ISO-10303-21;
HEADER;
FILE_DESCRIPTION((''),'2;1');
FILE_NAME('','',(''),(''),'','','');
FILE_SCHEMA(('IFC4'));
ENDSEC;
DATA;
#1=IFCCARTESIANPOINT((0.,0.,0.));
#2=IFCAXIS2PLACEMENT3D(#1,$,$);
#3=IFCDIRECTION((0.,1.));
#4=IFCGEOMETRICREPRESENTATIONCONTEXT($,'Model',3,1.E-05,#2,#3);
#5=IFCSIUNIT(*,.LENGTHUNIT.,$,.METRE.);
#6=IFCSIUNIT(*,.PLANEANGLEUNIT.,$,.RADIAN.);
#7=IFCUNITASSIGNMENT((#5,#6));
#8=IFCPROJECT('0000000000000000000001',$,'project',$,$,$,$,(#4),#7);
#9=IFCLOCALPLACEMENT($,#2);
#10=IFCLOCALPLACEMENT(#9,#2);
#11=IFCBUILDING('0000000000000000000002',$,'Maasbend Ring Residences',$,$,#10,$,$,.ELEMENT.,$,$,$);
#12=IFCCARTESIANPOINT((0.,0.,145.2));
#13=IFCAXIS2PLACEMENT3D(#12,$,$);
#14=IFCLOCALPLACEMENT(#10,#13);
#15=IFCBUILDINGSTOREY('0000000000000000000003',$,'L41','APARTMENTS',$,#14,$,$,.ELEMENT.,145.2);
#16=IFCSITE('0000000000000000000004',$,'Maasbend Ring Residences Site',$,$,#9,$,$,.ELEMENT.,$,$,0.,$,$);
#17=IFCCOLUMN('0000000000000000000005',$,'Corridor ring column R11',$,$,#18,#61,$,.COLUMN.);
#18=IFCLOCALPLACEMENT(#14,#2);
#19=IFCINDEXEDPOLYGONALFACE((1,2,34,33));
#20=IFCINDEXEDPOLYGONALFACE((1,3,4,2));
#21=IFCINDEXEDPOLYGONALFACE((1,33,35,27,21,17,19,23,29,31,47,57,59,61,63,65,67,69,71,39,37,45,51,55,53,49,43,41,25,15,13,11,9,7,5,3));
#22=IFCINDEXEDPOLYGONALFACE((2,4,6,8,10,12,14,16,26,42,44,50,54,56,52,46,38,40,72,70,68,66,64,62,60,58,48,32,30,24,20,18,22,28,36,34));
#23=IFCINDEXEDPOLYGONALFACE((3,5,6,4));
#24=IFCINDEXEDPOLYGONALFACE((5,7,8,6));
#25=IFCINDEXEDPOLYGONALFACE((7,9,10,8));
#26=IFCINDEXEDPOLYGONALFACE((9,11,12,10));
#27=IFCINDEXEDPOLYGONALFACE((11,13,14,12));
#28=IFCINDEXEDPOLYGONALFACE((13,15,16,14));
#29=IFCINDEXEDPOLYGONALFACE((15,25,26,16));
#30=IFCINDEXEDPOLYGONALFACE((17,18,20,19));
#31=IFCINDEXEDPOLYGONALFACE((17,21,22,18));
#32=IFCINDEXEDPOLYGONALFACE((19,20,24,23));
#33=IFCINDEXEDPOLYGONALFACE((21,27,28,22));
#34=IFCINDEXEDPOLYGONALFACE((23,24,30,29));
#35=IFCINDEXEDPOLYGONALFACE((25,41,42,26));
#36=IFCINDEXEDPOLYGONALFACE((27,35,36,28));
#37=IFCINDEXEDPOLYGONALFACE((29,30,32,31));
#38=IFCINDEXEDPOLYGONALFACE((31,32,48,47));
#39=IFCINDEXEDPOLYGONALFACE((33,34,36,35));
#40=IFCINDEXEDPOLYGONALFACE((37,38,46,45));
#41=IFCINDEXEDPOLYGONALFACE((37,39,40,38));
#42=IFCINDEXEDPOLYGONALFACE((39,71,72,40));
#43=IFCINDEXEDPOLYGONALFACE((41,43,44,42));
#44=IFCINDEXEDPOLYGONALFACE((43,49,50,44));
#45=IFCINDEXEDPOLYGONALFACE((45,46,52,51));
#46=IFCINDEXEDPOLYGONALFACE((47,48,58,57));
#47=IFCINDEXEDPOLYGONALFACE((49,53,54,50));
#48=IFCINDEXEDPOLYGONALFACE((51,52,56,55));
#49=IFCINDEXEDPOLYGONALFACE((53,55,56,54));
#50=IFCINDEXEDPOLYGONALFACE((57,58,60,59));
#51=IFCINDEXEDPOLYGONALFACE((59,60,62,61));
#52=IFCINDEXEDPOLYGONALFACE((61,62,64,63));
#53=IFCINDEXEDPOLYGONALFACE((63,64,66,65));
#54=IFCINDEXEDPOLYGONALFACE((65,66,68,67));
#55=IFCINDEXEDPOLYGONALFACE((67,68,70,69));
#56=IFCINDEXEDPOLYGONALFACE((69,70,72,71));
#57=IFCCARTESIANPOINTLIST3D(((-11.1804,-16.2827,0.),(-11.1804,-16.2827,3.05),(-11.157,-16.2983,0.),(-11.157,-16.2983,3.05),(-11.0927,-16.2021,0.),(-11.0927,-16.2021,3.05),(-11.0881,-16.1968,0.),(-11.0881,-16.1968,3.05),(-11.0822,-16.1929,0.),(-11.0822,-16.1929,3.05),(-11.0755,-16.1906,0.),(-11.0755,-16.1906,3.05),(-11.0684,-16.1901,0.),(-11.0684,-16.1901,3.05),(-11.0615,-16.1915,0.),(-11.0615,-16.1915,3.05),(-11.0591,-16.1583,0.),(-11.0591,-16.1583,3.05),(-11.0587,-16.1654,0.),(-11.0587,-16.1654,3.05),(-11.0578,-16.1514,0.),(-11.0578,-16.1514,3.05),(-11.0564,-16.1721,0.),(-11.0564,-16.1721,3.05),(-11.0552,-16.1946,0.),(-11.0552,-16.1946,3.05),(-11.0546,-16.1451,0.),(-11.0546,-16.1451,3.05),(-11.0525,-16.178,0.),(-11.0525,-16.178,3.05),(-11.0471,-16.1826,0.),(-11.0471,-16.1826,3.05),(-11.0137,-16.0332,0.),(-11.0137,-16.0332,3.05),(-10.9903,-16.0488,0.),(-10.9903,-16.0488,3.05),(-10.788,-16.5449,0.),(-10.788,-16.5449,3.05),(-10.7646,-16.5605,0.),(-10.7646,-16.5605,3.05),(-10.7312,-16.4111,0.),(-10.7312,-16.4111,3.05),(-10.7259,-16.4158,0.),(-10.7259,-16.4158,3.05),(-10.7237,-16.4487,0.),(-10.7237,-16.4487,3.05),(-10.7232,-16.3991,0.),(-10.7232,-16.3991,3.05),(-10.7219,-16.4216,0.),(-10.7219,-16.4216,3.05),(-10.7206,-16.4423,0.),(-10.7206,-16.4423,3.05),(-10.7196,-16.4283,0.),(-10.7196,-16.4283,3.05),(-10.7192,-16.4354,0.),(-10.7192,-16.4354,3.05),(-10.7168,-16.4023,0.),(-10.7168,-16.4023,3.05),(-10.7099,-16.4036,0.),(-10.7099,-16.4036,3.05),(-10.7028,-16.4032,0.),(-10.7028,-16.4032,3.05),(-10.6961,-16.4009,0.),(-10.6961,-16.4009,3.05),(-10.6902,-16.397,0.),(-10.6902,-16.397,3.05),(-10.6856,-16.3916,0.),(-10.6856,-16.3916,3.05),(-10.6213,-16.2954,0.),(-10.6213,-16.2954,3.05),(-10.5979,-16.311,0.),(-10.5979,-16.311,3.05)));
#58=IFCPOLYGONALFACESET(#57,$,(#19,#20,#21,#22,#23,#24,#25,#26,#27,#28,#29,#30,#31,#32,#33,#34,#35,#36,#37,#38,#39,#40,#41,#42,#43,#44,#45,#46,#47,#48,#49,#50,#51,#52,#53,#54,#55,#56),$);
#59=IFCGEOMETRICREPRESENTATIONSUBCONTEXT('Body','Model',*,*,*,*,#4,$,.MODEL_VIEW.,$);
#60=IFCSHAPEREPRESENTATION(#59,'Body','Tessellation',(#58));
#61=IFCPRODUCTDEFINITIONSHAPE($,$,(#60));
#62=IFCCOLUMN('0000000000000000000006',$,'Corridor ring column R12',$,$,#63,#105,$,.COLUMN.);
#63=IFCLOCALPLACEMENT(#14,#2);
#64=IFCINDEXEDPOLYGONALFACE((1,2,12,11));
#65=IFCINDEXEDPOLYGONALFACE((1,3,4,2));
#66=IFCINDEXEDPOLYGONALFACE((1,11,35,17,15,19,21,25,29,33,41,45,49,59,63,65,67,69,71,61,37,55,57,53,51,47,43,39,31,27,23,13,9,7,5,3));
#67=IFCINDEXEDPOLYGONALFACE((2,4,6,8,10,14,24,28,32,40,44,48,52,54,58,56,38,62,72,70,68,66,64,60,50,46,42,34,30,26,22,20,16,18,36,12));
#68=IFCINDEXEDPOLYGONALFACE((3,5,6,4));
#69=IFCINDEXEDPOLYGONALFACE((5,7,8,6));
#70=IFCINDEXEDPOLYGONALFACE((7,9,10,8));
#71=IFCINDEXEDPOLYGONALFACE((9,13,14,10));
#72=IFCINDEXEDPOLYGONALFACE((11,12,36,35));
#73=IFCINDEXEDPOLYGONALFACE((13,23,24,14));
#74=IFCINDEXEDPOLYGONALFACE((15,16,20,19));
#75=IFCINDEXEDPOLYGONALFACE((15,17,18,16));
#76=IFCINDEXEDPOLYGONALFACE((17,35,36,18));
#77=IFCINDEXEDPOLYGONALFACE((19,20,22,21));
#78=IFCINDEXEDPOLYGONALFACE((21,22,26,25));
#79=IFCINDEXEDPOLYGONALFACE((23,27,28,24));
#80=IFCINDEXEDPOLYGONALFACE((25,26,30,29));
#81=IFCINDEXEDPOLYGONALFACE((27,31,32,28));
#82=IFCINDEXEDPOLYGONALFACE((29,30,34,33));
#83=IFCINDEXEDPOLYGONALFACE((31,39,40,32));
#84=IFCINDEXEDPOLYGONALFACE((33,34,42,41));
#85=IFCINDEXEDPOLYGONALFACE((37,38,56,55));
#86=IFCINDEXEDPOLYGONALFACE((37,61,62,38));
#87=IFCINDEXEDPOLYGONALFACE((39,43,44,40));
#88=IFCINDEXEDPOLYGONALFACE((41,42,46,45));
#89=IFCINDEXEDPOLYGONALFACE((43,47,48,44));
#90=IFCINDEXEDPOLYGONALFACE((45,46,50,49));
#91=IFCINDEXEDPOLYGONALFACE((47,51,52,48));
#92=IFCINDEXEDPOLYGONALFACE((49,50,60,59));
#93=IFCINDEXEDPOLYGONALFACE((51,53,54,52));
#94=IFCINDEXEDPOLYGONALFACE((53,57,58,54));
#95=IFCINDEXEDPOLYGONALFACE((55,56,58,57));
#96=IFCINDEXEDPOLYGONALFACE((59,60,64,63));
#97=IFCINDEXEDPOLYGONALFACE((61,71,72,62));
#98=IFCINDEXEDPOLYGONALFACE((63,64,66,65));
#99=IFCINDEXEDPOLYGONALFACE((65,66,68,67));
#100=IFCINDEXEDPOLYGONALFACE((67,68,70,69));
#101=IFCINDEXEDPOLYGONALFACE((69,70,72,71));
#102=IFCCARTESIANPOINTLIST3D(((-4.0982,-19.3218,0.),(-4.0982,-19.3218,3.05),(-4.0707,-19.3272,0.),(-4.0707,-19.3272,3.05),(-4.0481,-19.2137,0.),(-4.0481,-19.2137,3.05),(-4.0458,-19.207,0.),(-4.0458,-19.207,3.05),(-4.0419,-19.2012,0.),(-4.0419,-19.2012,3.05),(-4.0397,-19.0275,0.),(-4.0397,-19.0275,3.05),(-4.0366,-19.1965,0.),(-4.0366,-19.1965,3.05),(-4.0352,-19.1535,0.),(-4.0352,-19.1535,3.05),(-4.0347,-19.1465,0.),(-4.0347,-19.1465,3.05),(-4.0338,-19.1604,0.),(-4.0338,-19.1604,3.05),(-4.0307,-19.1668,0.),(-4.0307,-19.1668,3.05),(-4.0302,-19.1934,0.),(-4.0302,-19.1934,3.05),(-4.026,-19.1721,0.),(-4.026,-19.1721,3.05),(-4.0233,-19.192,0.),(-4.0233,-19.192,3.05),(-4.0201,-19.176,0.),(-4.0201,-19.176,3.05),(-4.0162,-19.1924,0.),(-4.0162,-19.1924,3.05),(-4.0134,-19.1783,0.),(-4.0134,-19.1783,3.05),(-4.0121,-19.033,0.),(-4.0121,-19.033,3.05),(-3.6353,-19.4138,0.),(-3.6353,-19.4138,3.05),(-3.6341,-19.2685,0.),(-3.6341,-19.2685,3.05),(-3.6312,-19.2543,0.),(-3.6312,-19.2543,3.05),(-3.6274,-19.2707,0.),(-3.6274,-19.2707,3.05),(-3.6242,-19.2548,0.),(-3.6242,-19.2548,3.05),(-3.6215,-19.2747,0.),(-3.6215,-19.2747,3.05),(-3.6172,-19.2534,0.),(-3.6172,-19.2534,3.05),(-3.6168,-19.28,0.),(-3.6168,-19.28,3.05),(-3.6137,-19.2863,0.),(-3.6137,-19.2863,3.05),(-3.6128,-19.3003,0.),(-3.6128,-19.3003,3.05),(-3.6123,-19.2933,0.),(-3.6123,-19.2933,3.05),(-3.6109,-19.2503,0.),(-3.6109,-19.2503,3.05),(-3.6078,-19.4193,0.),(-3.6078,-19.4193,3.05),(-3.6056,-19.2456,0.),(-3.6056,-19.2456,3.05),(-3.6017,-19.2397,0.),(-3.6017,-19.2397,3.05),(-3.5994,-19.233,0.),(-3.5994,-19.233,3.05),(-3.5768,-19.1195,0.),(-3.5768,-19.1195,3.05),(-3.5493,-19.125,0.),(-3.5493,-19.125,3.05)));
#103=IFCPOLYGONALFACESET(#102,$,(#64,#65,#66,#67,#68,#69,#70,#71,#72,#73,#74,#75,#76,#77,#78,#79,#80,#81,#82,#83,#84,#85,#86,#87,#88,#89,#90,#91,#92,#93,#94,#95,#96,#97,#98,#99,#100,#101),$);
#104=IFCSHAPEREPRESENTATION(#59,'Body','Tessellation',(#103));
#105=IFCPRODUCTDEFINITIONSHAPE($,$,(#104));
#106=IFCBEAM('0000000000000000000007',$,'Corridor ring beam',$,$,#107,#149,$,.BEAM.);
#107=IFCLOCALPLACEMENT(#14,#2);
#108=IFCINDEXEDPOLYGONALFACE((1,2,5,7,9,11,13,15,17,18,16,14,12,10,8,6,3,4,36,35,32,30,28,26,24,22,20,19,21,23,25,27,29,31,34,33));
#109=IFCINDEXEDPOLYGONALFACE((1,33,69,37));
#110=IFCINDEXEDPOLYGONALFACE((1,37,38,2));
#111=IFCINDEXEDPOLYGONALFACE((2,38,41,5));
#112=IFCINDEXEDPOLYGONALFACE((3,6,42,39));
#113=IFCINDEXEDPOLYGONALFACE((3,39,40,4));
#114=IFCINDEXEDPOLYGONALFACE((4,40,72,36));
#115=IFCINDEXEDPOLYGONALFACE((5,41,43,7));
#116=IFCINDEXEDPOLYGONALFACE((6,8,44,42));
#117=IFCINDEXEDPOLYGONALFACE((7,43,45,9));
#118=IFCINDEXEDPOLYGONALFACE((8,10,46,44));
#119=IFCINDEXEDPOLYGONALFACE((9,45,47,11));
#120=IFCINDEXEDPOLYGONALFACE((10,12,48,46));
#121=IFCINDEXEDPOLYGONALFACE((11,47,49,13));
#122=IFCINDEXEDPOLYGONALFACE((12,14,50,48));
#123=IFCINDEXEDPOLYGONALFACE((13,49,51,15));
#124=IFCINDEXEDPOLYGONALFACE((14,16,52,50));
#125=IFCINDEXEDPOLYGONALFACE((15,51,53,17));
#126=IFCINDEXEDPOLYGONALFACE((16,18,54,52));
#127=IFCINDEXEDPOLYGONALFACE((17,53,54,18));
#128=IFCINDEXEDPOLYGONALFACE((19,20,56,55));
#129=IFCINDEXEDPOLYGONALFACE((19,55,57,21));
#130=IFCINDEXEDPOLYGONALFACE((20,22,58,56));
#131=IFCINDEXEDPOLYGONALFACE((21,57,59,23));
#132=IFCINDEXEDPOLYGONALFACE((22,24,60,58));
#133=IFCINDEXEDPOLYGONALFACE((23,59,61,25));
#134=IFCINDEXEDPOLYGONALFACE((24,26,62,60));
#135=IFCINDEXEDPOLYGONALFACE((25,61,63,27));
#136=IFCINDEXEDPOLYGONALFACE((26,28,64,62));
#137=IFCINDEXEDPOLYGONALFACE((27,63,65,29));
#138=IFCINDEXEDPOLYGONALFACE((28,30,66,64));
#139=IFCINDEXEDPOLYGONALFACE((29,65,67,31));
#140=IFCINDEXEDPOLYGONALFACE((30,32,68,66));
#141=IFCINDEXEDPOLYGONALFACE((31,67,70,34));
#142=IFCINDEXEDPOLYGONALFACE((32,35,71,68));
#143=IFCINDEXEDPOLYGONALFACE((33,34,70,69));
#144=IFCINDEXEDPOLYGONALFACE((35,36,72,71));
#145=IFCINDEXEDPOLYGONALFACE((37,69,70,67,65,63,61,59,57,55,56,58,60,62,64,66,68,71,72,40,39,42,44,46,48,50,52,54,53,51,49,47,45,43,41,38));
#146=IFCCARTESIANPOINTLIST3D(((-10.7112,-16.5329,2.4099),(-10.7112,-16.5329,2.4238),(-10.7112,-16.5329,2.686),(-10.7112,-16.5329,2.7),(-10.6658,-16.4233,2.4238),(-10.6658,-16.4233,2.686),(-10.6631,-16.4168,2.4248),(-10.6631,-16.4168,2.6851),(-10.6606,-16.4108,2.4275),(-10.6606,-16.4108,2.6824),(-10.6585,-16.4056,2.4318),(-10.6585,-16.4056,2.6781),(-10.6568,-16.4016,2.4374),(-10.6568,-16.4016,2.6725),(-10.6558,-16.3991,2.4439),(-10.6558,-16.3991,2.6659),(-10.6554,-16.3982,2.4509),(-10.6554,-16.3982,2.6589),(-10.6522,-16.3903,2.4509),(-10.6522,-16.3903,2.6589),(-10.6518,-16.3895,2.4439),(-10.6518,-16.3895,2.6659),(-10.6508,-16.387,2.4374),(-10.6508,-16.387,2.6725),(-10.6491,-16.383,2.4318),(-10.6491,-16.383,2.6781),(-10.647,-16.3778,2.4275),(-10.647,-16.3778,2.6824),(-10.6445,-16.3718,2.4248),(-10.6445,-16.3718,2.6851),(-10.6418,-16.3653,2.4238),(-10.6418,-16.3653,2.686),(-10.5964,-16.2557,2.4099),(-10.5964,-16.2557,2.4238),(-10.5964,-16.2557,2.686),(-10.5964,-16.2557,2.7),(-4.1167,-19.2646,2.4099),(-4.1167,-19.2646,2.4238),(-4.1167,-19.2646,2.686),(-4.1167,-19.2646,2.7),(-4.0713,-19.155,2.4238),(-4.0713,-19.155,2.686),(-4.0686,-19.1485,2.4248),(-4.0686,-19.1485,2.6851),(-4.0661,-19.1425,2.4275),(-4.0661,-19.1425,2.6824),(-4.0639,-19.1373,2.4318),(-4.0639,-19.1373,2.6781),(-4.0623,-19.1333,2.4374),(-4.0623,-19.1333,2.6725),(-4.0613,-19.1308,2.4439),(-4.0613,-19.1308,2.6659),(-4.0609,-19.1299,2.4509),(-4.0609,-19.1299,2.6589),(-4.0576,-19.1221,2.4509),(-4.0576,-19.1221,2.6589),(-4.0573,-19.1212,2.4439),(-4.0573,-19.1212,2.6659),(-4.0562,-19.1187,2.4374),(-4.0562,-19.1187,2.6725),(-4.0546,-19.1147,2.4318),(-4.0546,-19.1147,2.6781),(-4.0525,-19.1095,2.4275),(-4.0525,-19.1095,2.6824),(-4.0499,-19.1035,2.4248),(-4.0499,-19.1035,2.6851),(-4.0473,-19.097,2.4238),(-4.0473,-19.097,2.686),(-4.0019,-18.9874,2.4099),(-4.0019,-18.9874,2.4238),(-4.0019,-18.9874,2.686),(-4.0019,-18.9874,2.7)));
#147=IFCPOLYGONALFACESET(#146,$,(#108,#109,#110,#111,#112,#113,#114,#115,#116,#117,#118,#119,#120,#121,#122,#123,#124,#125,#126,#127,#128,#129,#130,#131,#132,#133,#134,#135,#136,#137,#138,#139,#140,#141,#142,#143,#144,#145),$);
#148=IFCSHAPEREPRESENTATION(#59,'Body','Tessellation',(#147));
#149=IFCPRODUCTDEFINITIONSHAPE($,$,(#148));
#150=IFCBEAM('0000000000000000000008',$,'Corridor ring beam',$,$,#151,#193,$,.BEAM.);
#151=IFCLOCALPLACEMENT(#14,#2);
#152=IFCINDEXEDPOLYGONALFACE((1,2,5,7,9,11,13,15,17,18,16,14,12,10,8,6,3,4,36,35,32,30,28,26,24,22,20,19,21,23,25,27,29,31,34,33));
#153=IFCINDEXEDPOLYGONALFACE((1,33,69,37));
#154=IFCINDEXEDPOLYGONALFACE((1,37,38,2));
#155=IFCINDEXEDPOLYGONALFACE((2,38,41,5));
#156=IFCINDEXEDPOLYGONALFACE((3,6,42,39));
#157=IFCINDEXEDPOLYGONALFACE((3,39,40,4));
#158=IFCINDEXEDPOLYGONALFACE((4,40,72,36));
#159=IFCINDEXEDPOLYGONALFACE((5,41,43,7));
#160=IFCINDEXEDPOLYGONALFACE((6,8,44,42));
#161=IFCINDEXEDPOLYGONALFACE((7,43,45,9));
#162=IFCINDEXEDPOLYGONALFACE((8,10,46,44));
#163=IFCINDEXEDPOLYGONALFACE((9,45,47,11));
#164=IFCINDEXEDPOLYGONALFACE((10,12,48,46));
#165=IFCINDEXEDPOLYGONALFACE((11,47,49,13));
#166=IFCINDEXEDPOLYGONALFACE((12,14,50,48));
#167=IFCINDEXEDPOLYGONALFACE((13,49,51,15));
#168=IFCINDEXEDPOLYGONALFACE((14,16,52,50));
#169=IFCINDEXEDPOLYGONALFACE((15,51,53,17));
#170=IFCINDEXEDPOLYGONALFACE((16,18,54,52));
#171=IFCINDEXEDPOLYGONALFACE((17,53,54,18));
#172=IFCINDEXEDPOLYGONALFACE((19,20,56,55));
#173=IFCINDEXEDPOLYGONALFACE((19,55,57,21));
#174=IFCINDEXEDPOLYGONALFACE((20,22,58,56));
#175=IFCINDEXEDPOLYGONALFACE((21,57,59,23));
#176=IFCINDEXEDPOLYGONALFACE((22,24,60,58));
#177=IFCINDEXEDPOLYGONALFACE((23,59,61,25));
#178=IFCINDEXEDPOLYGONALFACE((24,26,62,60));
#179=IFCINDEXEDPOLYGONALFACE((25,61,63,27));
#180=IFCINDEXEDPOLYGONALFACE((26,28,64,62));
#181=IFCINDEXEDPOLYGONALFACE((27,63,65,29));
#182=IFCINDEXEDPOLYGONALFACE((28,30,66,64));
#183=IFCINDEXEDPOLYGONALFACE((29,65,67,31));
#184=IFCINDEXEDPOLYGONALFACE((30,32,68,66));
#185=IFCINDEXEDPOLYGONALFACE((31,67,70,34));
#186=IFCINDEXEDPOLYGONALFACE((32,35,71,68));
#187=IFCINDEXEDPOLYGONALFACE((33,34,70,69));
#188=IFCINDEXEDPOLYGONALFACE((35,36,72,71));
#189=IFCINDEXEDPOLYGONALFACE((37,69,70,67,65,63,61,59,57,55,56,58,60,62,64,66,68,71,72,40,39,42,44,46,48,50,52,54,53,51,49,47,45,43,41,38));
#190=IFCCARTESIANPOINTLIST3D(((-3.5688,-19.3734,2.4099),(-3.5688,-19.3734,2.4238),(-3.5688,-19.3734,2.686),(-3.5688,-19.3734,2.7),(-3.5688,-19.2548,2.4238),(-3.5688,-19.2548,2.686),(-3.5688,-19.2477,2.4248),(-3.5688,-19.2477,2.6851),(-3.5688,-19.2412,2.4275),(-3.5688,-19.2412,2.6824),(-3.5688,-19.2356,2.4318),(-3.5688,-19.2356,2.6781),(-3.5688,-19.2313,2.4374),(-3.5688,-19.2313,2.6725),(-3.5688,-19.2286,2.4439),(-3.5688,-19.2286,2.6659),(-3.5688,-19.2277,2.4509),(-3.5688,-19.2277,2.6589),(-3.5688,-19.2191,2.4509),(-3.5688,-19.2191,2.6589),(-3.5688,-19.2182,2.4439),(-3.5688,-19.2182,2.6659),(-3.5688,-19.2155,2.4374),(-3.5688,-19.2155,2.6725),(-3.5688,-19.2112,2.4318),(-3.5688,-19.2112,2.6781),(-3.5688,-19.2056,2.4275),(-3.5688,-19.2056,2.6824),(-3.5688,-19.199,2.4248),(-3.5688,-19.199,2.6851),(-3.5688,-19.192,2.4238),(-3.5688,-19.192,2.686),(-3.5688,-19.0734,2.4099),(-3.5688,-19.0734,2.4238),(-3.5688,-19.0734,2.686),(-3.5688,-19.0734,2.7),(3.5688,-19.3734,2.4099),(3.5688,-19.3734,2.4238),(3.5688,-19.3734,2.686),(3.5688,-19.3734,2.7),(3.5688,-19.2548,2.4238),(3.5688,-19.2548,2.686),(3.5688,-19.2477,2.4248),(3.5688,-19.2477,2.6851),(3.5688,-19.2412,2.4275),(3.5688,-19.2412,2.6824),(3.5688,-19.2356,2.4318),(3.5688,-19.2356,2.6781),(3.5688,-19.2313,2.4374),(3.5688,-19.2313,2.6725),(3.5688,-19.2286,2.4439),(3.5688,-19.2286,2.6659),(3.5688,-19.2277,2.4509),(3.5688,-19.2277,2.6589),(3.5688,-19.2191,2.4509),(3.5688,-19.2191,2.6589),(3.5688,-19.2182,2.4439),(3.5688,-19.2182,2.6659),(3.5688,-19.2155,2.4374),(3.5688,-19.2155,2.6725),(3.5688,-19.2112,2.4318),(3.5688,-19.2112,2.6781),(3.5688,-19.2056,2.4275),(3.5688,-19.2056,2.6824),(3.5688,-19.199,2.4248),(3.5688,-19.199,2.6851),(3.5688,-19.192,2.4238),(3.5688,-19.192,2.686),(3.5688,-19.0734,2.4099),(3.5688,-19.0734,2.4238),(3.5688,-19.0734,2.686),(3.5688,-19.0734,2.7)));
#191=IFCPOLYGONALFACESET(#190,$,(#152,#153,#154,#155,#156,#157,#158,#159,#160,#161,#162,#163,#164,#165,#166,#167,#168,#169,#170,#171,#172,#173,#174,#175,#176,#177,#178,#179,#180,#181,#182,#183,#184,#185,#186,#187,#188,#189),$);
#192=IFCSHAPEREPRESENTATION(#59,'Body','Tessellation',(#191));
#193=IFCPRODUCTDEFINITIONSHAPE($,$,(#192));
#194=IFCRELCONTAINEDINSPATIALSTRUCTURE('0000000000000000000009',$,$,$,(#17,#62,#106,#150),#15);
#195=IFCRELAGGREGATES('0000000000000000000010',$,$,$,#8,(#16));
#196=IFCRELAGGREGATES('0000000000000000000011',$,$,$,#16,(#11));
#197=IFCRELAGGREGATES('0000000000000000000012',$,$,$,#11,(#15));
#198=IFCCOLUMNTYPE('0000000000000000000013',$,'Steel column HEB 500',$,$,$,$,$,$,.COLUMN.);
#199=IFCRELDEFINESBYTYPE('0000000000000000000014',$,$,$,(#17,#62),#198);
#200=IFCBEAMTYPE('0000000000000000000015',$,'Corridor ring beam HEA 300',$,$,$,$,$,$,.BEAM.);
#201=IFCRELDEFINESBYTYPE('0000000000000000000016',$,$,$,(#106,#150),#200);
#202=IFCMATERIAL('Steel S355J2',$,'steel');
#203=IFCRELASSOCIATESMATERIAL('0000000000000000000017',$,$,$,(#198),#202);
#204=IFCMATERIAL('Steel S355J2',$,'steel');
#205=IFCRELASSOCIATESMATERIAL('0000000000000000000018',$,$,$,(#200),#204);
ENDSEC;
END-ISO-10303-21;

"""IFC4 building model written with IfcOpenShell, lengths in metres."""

from ifc_helpers import new_model, si_unit, direction, frame, origin, origin_2d, place, context, subcontext, project, spatial, i_section, extrude, material, material_profile, profile_set, type_object, element, save


model = new_model("IFC4")

# Units and contexts
model_context = context("Model", 3, precision=1e-05, world=origin(), true_north=direction((0.0, 1.0)))
body_context = subcontext(model_context, "Body", "Model", "MODEL_VIEW")
ifc_project = project(units=[si_unit("LENGTHUNIT", "METRE"), si_unit("PLANEANGLEUNIT", "RADIAN")], contexts=[model_context])

# Site, building, storey
site_placement = place(None, origin())
site = spatial("IfcSite", under=ifc_project, at=site_placement, Name="Maasbend Ring Residences Site", CompositionType="ELEMENT", RefElevation=0.0)
building_placement = place(site_placement, origin())
building = spatial("IfcBuilding", under=site, at=building_placement, Name="Maasbend Ring Residences", CompositionType="ELEMENT")
storey_placement = place(building_placement, frame((0.0, 0.0, 145.2)))
storey = spatial("IfcBuildingStorey", under=building, at=storey_placement, Name="L41", Description="APARTMENTS", CompositionType="ELEMENT", Elevation=145.2)

# Columns
ifc_material_1 = material(Name="Steel S355J2", Category="steel")
ifc_material_profile_1 = material_profile(ifc_material_1, i_section(OverallWidth=0.3, OverallDepth=0.5, WebThickness=0.0144, FlangeThickness=0.0281, FilletRadius=0.0271, at=origin_2d()), Name="HEB 500")
ifc_profile_set_1 = profile_set([ifc_material_profile_1], Name="Steel S355J2")
column_type = type_object("IfcColumnType", Name="Steel column HEB 500", PredefinedType="COLUMN", material=ifc_profile_set_1)
for number, where, z_axis, x_axis, name in (
    (1, (-10.8892, -16.2969, 0.0), (0.0, 0.0, 1.0), (-0.55557, -0.83147, 0.0), "Corridor ring column R11"),
    (2, (-3.8237, -19.2234, 0.0), (0.0, 0.0, 1.0), (-0.19509, -0.980785, 0.0), "Corridor ring column R12"),
):
    element("IfcColumn", number, at=place(storey_placement, frame(where, z_axis=z_axis, x_axis=x_axis)), inside=storey, type_object=column_type, Name=name, PredefinedType="COLUMN", context=body_context, shape_type="SweptSolid", body=[
        extrude(i_section(OverallWidth=0.3, OverallDepth=0.5, WebThickness=0.0144, FlangeThickness=0.0281, FilletRadius=0.0271, at=origin_2d()), origin(), (0.0, 0.0, 1.0), 3.05),
    ])

# Beams
ifc_material_2 = material(Name="Steel S355J2", Category="steel")
ifc_material_profile_2 = material_profile(ifc_material_2, i_section(OverallWidth=0.3, OverallDepth=0.29, WebThickness=0.0085, FlangeThickness=0.0139, FilletRadius=0.0271, at=origin_2d()), Name="HEA 300")
ifc_profile_set_2 = profile_set([ifc_material_profile_2], Name="Steel S355J2")
beam_type = type_object("IfcBeamType", Name="Corridor ring beam HEA 300", PredefinedType="BEAM", material=ifc_profile_set_2)
beam_1_placement = place(storey_placement, frame((-10.6538, -16.3943, 2.5549), z_axis=(0.923871, -0.382703, 0.0), x_axis=(0.382703, 0.923871, 0.0)))
element("IfcBeam", 3, at=beam_1_placement, inside=storey, type_object=beam_type, Name="Corridor ring beam", PredefinedType="BEAM", context=body_context, shape_type="SweptSolid", body=[
    extrude(i_section(OverallWidth=0.3, OverallDepth=0.29, WebThickness=0.0085, FlangeThickness=0.0139, FilletRadius=0.0271, at=origin_2d()), origin(), (0.0, 0.0, 1.0), 7.1379),
])
beam_2_placement = place(storey_placement, frame((-3.5688, -19.2234, 2.5549), z_axis=(1.0, 0.0, 0.0), x_axis=(0.0, 1.0, 0.0)))
element("IfcBeam", 4, at=beam_2_placement, inside=storey, type_object=beam_type, Name="Corridor ring beam", PredefinedType="BEAM", context=body_context, shape_type="SweptSolid", body=[
    extrude(i_section(OverallWidth=0.3, OverallDepth=0.29, WebThickness=0.0085, FlangeThickness=0.0139, FilletRadius=0.0271, at=origin_2d()), origin(), (0.0, 0.0, 1.0), 7.1377),
])

save(model, "model.ifc")
